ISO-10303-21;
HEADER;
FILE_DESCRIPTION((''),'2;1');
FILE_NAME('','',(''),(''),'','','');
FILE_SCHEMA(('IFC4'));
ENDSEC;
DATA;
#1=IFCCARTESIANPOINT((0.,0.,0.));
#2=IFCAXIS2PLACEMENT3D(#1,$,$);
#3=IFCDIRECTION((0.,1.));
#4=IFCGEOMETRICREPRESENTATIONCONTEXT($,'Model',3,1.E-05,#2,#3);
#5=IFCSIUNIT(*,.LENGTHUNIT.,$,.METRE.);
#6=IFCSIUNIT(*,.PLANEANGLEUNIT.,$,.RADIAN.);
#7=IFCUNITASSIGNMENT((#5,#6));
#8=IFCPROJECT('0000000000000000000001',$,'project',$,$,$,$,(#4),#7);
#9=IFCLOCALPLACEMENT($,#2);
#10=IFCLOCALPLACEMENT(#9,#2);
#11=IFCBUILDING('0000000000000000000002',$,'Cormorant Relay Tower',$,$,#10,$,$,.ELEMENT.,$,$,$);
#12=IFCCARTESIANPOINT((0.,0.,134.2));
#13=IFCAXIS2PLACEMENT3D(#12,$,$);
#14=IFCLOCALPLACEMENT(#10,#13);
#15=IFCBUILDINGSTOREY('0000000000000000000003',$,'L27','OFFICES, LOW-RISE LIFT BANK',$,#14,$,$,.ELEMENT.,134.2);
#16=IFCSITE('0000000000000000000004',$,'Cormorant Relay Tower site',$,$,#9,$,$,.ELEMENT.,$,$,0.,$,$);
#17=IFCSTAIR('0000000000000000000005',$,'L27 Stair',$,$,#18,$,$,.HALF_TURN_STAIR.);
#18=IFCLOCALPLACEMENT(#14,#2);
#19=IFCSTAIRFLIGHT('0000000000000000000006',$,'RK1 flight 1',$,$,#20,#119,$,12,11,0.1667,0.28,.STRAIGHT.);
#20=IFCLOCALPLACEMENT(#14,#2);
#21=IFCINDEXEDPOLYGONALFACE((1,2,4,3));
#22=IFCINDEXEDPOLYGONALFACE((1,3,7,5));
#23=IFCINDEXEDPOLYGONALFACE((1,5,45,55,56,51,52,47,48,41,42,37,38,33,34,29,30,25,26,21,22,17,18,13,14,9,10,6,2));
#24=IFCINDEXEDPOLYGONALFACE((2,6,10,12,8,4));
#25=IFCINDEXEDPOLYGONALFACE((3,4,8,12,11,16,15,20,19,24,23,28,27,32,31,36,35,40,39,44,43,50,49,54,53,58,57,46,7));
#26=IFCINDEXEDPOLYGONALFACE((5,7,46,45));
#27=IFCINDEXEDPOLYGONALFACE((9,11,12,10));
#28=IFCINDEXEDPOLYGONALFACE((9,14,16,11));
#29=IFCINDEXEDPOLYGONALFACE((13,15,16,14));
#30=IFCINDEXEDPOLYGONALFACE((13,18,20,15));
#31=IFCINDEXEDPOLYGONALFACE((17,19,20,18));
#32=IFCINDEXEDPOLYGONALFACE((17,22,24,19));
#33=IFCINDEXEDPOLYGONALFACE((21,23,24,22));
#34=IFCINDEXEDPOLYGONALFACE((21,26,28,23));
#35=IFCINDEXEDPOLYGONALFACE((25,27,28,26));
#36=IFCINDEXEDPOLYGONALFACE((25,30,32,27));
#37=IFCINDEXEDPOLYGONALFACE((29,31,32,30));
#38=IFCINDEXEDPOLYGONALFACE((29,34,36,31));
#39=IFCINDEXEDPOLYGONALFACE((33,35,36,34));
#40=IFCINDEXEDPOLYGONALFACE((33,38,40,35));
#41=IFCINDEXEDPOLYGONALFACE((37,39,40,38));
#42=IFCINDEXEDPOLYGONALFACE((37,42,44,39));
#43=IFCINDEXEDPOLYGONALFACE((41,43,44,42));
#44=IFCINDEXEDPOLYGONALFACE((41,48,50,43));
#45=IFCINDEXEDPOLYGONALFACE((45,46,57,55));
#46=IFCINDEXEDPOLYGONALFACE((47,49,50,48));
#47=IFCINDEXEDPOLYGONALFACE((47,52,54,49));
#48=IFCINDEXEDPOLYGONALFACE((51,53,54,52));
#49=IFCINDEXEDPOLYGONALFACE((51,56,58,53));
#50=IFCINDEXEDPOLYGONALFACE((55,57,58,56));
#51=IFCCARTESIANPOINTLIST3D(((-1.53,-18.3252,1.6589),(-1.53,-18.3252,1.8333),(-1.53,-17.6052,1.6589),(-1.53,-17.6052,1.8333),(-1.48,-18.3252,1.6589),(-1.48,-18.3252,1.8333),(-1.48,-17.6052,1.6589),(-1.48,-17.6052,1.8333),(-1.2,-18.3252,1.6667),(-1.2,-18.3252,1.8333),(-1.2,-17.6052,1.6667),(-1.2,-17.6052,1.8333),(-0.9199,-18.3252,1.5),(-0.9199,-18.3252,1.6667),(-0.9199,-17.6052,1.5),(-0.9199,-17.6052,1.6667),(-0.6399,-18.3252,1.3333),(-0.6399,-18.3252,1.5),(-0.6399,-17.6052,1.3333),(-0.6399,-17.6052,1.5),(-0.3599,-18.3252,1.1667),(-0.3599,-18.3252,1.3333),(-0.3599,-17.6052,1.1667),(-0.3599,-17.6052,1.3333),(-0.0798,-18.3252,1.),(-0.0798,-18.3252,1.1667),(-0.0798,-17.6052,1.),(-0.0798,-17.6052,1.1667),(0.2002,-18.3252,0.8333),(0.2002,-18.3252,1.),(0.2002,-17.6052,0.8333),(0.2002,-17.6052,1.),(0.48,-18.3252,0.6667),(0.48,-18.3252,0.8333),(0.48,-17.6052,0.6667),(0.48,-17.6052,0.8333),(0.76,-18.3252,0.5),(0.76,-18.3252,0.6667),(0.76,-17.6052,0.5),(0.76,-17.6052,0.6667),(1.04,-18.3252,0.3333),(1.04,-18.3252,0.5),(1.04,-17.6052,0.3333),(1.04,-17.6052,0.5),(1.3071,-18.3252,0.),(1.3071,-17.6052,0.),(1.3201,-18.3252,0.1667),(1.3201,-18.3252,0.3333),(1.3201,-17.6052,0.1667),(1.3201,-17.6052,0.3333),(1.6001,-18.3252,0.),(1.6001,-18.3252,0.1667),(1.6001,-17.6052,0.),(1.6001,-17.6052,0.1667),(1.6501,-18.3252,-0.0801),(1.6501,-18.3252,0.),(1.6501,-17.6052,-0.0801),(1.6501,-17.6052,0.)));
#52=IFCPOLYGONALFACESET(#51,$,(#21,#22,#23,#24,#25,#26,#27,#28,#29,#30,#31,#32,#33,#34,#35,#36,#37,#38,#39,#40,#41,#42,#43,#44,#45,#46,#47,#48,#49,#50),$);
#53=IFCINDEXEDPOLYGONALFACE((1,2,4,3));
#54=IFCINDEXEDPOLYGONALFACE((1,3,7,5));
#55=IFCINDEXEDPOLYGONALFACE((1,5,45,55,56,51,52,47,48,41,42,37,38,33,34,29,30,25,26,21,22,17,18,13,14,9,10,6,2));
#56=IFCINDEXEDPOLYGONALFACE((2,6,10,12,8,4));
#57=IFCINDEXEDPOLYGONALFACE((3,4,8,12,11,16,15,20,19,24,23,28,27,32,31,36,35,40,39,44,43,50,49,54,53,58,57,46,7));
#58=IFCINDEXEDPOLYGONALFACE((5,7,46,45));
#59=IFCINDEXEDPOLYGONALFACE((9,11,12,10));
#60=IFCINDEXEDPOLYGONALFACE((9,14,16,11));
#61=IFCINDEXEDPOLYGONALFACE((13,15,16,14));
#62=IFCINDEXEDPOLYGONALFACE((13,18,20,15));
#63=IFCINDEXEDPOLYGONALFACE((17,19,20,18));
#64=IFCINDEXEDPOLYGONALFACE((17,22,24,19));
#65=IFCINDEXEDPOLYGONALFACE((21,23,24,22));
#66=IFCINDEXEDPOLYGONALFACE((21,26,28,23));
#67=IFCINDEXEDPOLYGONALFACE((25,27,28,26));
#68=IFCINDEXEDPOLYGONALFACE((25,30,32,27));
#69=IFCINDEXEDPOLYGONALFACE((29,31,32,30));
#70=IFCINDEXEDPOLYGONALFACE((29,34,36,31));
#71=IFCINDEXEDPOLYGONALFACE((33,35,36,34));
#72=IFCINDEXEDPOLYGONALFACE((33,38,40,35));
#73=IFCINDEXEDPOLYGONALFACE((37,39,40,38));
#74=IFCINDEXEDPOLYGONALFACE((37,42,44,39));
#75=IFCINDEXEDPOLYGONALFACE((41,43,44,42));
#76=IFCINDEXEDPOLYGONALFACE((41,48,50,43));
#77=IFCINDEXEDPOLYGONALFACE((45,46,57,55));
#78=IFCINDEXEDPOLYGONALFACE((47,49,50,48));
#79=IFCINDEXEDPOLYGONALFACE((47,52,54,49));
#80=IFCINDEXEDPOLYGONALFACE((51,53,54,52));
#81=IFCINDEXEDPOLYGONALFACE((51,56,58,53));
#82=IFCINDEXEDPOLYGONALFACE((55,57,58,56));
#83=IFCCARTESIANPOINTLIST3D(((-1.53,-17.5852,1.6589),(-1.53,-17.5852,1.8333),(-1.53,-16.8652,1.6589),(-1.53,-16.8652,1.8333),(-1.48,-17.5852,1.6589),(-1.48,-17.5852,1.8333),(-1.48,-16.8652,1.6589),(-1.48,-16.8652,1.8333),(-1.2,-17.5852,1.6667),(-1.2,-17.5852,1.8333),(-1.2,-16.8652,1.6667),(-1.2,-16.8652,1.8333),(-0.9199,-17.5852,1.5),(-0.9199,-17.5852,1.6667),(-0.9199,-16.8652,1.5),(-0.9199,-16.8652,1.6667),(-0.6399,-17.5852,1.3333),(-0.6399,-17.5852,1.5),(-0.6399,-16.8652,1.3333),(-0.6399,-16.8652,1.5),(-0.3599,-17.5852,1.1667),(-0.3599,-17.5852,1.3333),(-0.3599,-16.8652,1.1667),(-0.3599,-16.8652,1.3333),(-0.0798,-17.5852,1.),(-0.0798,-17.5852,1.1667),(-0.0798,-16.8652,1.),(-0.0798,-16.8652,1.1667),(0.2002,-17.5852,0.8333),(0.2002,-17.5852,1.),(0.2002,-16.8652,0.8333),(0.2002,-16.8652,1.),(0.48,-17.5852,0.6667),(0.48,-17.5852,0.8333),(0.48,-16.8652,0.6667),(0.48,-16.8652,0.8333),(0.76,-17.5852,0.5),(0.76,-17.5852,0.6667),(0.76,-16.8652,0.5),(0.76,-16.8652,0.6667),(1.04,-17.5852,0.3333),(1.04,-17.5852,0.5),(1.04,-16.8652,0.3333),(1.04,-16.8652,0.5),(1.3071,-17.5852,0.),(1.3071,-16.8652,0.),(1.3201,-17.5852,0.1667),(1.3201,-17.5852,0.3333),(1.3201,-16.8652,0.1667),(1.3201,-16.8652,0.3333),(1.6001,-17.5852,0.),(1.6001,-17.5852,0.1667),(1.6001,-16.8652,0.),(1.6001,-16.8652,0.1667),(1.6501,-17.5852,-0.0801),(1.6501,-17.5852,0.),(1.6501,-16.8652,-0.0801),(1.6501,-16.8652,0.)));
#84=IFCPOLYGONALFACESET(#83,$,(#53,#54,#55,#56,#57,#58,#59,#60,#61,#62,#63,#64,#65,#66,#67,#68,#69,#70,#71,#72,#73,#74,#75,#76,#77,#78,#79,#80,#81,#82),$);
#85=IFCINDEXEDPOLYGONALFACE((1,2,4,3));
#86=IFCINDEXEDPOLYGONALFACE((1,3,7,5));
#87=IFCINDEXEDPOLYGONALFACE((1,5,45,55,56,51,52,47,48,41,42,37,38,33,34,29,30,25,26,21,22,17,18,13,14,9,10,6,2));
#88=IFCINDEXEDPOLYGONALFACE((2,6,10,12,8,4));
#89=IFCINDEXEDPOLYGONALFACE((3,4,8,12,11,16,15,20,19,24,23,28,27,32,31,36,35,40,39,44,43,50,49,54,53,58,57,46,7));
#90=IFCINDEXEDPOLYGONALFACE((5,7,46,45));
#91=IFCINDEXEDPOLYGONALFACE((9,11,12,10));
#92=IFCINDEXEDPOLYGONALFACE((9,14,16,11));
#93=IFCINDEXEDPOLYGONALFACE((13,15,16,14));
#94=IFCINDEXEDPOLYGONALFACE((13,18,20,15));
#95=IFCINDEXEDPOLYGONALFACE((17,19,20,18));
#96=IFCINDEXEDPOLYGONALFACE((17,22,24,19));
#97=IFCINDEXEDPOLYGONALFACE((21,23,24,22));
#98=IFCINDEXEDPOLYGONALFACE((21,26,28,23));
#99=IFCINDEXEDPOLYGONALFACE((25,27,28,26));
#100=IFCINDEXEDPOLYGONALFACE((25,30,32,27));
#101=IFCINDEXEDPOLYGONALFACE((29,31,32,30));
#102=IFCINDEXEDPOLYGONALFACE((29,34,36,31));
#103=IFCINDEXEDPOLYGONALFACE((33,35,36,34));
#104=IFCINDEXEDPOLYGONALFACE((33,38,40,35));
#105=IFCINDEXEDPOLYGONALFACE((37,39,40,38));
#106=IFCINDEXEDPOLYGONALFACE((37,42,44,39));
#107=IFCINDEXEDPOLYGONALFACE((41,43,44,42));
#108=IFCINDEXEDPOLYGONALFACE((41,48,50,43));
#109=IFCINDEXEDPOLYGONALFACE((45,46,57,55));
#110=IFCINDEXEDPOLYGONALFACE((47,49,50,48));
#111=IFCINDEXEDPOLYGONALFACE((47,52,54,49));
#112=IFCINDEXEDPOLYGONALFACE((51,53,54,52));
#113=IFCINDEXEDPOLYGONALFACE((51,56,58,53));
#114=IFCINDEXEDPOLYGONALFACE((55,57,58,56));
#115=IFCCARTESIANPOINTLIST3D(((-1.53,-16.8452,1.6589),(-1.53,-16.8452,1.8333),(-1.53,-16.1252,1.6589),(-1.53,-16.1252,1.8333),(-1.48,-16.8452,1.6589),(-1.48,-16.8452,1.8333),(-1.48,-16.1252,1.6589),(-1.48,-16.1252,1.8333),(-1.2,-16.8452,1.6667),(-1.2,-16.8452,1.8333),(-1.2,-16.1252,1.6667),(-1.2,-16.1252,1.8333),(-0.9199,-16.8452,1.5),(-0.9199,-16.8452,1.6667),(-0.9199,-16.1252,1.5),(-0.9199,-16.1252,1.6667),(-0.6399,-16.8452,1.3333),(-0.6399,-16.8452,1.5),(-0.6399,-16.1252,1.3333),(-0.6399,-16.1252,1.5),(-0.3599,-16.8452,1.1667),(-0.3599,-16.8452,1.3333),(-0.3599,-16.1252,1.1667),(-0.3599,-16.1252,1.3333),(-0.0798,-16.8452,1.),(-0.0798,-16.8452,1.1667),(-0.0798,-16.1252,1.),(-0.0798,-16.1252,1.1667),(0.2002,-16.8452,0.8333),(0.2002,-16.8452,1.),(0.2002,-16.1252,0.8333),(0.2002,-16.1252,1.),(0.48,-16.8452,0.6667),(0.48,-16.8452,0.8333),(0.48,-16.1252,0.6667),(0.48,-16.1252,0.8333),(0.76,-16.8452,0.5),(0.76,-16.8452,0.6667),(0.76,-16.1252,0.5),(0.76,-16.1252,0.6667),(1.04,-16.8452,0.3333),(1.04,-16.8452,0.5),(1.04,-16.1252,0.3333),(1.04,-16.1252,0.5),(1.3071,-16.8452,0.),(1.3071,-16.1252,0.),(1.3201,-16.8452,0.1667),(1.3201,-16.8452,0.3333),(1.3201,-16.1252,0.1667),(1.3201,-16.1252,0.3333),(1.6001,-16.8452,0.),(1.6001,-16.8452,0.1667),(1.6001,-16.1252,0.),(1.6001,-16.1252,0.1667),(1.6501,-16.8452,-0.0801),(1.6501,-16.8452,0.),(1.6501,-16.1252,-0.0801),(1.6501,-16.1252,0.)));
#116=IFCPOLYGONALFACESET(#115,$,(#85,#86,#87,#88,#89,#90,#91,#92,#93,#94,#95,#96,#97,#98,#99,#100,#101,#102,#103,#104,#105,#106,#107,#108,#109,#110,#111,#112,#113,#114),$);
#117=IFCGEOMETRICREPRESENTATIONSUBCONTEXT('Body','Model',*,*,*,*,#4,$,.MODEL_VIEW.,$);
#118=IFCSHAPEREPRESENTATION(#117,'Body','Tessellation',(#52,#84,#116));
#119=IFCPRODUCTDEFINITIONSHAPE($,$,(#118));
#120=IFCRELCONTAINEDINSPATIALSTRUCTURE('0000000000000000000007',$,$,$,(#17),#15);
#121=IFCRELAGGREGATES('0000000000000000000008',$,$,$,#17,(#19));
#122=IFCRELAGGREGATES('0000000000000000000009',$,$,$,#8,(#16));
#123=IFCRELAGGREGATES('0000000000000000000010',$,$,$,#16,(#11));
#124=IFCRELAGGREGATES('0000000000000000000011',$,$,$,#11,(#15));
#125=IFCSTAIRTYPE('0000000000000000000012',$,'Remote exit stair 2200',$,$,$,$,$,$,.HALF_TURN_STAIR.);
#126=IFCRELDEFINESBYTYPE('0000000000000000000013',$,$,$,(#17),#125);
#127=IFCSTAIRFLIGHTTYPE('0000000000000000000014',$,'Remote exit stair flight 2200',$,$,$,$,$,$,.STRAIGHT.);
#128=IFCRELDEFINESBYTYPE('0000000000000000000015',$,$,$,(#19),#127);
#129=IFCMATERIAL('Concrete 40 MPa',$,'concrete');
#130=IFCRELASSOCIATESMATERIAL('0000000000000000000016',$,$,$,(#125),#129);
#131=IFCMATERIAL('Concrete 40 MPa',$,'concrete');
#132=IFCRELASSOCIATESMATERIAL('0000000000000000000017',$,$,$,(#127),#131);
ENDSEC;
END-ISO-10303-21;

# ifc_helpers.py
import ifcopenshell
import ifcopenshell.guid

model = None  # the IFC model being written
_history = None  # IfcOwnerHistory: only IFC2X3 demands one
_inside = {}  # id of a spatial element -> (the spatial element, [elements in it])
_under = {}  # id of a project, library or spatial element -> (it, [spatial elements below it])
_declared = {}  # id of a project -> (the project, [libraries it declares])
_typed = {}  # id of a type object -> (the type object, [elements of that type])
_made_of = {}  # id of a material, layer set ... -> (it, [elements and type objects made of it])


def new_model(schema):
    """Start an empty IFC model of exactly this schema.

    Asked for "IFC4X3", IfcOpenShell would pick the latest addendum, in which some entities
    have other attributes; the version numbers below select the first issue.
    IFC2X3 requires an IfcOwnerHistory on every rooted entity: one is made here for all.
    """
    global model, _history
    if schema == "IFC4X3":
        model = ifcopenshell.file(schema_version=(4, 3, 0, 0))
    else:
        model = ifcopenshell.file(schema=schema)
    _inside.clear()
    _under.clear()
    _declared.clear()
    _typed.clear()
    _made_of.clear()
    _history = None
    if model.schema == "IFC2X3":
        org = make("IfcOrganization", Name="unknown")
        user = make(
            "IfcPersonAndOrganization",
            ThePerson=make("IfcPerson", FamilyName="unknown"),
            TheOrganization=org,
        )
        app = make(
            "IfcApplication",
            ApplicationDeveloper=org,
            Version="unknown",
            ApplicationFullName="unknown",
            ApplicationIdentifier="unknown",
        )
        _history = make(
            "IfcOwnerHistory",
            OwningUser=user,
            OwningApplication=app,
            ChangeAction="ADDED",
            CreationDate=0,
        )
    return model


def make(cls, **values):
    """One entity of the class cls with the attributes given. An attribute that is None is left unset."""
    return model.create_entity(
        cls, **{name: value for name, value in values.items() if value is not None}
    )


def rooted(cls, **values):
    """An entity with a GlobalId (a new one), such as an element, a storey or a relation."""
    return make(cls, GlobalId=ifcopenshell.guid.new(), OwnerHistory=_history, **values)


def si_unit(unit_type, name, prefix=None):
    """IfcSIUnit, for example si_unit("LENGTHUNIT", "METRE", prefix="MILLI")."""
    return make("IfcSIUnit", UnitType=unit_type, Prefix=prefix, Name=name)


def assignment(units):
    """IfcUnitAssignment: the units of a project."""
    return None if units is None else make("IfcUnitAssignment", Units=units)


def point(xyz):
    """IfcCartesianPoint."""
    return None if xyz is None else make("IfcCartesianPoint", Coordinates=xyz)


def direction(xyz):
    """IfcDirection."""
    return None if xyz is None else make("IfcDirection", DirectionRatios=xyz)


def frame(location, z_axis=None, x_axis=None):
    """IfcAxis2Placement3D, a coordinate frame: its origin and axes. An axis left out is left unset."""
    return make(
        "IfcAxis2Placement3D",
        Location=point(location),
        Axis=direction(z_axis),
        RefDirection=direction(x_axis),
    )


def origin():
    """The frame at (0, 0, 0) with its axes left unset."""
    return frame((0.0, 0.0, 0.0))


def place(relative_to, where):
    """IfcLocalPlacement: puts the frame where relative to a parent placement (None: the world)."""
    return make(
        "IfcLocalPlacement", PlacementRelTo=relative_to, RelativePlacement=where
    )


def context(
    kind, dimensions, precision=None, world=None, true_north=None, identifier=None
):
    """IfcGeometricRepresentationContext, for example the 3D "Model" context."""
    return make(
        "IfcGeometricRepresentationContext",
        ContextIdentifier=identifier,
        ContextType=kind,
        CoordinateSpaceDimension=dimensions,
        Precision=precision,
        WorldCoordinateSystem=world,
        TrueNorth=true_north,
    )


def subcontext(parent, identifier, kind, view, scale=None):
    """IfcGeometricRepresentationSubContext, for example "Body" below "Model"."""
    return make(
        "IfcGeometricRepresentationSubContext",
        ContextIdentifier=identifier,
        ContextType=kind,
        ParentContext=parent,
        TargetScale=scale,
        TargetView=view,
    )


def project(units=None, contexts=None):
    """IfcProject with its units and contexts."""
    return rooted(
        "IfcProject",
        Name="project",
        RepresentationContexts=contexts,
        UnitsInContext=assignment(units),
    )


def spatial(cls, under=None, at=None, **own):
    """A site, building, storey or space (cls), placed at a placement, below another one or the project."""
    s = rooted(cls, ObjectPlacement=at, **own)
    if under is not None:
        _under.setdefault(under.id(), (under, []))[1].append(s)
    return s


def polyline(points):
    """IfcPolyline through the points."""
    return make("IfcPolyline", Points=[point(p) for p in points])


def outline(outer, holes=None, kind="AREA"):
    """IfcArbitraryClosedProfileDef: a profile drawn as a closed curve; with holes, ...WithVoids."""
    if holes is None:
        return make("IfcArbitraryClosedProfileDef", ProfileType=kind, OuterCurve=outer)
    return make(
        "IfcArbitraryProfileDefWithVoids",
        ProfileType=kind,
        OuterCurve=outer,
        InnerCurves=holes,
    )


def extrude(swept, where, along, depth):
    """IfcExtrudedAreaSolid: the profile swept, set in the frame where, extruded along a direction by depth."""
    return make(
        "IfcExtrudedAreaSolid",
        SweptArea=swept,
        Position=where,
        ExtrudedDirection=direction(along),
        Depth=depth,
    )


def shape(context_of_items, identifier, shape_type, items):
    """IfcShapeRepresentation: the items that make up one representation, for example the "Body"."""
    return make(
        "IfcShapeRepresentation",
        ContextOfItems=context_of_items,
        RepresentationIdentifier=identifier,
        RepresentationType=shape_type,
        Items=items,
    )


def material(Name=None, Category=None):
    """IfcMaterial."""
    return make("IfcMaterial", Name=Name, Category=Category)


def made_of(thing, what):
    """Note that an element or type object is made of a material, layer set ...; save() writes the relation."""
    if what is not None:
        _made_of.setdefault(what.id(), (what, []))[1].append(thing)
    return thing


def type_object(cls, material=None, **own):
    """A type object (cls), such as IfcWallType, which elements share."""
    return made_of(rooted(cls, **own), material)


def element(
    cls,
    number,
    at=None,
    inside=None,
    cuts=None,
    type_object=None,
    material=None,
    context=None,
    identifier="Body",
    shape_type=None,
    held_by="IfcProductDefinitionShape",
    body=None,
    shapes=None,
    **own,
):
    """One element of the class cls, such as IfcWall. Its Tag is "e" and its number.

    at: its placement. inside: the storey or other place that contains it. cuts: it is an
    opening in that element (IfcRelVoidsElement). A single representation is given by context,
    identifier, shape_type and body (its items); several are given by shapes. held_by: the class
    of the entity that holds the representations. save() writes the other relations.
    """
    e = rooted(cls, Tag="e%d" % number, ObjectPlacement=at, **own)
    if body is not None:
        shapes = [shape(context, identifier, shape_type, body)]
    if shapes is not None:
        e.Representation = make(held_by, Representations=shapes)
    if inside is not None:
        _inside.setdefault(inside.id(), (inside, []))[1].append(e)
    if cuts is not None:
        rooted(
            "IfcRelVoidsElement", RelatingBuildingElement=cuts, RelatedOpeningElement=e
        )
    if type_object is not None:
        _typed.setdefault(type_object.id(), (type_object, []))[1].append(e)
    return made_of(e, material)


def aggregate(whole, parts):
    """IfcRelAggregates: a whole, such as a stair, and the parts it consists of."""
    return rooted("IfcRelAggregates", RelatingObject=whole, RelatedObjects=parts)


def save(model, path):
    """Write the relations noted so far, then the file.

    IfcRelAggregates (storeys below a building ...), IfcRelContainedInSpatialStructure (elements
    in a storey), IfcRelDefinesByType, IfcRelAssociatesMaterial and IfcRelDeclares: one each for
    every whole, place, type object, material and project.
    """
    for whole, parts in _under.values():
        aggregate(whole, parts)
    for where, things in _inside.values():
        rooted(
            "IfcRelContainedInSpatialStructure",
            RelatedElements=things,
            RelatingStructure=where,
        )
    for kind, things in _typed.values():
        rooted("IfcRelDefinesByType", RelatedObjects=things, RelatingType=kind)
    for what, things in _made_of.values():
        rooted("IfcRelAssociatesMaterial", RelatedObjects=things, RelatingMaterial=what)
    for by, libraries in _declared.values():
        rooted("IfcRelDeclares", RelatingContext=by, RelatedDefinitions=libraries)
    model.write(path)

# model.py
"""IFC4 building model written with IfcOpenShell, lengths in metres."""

from ifc_helpers import new_model, si_unit, direction, frame, origin, place, context, subcontext, project, spatial, polyline, outline, extrude, material, type_object, element, aggregate, save


model = new_model("IFC4")

# Units and contexts
model_context = context("Model", 3, precision=1e-05, world=origin(), true_north=direction((0.0, 1.0)))
body_context = subcontext(model_context, "Body", "Model", "MODEL_VIEW")
ifc_project = project(units=[si_unit("LENGTHUNIT", "METRE"), si_unit("PLANEANGLEUNIT", "RADIAN")], contexts=[model_context])

# Site, building, storey
site_placement = place(None, origin())
site = spatial("IfcSite", under=ifc_project, at=site_placement, Name="Cormorant Relay Tower site", CompositionType="ELEMENT", RefElevation=0.0)
building_placement = place(site_placement, origin())
building = spatial("IfcBuilding", under=site, at=building_placement, Name="Cormorant Relay Tower", CompositionType="ELEMENT")
storey_placement = place(building_placement, frame((0.0, 0.0, 134.2)))
storey = spatial("IfcBuildingStorey", under=building, at=storey_placement, Name="L27", Description="OFFICES, LOW-RISE LIFT BANK", CompositionType="ELEMENT", Elevation=134.2)

# Stair, stair flight
ifc_material_1 = material(Name="Concrete 40 MPa", Category="concrete")
stair_type = type_object("IfcStairType", Name="Remote exit stair 2200", PredefinedType="HALF_TURN_STAIR", material=ifc_material_1)
stair_placement = place(storey_placement, origin())
stair = element("IfcStair", 1, at=stair_placement, inside=storey, type_object=stair_type, Name="L27 Stair", PredefinedType="HALF_TURN_STAIR")
ifc_material_2 = material(Name="Concrete 40 MPa", Category="concrete")
stair_flight_type = type_object("IfcStairFlightType", Name="Remote exit stair flight 2200", PredefinedType="STRAIGHT", material=ifc_material_2)
stair_flight_1_placement = place(storey_placement, frame((1.6001, -17.2251, 0.0), z_axis=(0.0, 0.0, 1.0), x_axis=(-1.0, 0.0, 0.0)))
stair_flight_1 = element("IfcStairFlight", 2, at=stair_flight_1_placement, type_object=stair_flight_type, Name="RK1 flight 1", NumberOfRisers=12, NumberOfTreads=11, PredefinedType="STRAIGHT", RiserHeight=0.1667, TreadLength=0.28, context=body_context, shape_type="SweptSolid", body=[
    extrude(outline(polyline([(-0.05, -0.0801), (-0.05, 0.0), (0.0, 0.0), (0.0, 0.1667), (0.28, 0.1667), (0.28, 0.3333), (0.5601, 0.3333), (0.5601, 0.5), (0.8401, 0.5), (0.8401, 0.6667), (1.1201, 0.6667), (1.1201, 0.8333), (1.3999, 0.8333), (1.3999, 1.0), (1.6799, 1.0), (1.6799, 1.1667), (1.96, 1.1667), (1.96, 1.3333), (2.24, 1.3333), (2.24, 1.5), (2.52, 1.5), (2.52, 1.6667), (2.8, 1.6667), (2.8, 1.8333), (3.0801, 1.8333), (3.1301, 1.8333), (3.1301, 1.6589), (3.0801, 1.6589), (0.293, 0.0), (-0.05, -0.0801)])), frame((0.0, 1.1001, 0.0), z_axis=(0.0, -1.0, 0.0), x_axis=(1.0, 0.0, 0.0)), (0.0, 0.0, 1.0), 0.72),
    extrude(outline(polyline([(-0.05, -0.0801), (-0.05, 0.0), (0.0, 0.0), (0.0, 0.1667), (0.28, 0.1667), (0.28, 0.3333), (0.5601, 0.3333), (0.5601, 0.5), (0.8401, 0.5), (0.8401, 0.6667), (1.1201, 0.6667), (1.1201, 0.8333), (1.3999, 0.8333), (1.3999, 1.0), (1.6799, 1.0), (1.6799, 1.1667), (1.96, 1.1667), (1.96, 1.3333), (2.24, 1.3333), (2.24, 1.5), (2.52, 1.5), (2.52, 1.6667), (2.8, 1.6667), (2.8, 1.8333), (3.0801, 1.8333), (3.1301, 1.8333), (3.1301, 1.6589), (3.0801, 1.6589), (0.293, 0.0), (-0.05, -0.0801)])), frame((0.0, 0.3601, 0.0), z_axis=(0.0, -1.0, 0.0), x_axis=(1.0, 0.0, 0.0)), (0.0, 0.0, 1.0), 0.72),
    extrude(outline(polyline([(-0.05, -0.0801), (-0.05, 0.0), (0.0, 0.0), (0.0, 0.1667), (0.28, 0.1667), (0.28, 0.3333), (0.5601, 0.3333), (0.5601, 0.5), (0.8401, 0.5), (0.8401, 0.6667), (1.1201, 0.6667), (1.1201, 0.8333), (1.3999, 0.8333), (1.3999, 1.0), (1.6799, 1.0), (1.6799, 1.1667), (1.96, 1.1667), (1.96, 1.3333), (2.24, 1.3333), (2.24, 1.5), (2.52, 1.5), (2.52, 1.6667), (2.8, 1.6667), (2.8, 1.8333), (3.0801, 1.8333), (3.1301, 1.8333), (3.1301, 1.6589), (3.0801, 1.6589), (0.293, 0.0), (-0.05, -0.0801)])), frame((0.0, -0.3799, 0.0), z_axis=(0.0, -1.0, 0.0), x_axis=(1.0, 0.0, 0.0)), (0.0, 0.0, 1.0), 0.72),
])
aggregate(stair, [stair_flight_1])

save(model, "model.ifc")
